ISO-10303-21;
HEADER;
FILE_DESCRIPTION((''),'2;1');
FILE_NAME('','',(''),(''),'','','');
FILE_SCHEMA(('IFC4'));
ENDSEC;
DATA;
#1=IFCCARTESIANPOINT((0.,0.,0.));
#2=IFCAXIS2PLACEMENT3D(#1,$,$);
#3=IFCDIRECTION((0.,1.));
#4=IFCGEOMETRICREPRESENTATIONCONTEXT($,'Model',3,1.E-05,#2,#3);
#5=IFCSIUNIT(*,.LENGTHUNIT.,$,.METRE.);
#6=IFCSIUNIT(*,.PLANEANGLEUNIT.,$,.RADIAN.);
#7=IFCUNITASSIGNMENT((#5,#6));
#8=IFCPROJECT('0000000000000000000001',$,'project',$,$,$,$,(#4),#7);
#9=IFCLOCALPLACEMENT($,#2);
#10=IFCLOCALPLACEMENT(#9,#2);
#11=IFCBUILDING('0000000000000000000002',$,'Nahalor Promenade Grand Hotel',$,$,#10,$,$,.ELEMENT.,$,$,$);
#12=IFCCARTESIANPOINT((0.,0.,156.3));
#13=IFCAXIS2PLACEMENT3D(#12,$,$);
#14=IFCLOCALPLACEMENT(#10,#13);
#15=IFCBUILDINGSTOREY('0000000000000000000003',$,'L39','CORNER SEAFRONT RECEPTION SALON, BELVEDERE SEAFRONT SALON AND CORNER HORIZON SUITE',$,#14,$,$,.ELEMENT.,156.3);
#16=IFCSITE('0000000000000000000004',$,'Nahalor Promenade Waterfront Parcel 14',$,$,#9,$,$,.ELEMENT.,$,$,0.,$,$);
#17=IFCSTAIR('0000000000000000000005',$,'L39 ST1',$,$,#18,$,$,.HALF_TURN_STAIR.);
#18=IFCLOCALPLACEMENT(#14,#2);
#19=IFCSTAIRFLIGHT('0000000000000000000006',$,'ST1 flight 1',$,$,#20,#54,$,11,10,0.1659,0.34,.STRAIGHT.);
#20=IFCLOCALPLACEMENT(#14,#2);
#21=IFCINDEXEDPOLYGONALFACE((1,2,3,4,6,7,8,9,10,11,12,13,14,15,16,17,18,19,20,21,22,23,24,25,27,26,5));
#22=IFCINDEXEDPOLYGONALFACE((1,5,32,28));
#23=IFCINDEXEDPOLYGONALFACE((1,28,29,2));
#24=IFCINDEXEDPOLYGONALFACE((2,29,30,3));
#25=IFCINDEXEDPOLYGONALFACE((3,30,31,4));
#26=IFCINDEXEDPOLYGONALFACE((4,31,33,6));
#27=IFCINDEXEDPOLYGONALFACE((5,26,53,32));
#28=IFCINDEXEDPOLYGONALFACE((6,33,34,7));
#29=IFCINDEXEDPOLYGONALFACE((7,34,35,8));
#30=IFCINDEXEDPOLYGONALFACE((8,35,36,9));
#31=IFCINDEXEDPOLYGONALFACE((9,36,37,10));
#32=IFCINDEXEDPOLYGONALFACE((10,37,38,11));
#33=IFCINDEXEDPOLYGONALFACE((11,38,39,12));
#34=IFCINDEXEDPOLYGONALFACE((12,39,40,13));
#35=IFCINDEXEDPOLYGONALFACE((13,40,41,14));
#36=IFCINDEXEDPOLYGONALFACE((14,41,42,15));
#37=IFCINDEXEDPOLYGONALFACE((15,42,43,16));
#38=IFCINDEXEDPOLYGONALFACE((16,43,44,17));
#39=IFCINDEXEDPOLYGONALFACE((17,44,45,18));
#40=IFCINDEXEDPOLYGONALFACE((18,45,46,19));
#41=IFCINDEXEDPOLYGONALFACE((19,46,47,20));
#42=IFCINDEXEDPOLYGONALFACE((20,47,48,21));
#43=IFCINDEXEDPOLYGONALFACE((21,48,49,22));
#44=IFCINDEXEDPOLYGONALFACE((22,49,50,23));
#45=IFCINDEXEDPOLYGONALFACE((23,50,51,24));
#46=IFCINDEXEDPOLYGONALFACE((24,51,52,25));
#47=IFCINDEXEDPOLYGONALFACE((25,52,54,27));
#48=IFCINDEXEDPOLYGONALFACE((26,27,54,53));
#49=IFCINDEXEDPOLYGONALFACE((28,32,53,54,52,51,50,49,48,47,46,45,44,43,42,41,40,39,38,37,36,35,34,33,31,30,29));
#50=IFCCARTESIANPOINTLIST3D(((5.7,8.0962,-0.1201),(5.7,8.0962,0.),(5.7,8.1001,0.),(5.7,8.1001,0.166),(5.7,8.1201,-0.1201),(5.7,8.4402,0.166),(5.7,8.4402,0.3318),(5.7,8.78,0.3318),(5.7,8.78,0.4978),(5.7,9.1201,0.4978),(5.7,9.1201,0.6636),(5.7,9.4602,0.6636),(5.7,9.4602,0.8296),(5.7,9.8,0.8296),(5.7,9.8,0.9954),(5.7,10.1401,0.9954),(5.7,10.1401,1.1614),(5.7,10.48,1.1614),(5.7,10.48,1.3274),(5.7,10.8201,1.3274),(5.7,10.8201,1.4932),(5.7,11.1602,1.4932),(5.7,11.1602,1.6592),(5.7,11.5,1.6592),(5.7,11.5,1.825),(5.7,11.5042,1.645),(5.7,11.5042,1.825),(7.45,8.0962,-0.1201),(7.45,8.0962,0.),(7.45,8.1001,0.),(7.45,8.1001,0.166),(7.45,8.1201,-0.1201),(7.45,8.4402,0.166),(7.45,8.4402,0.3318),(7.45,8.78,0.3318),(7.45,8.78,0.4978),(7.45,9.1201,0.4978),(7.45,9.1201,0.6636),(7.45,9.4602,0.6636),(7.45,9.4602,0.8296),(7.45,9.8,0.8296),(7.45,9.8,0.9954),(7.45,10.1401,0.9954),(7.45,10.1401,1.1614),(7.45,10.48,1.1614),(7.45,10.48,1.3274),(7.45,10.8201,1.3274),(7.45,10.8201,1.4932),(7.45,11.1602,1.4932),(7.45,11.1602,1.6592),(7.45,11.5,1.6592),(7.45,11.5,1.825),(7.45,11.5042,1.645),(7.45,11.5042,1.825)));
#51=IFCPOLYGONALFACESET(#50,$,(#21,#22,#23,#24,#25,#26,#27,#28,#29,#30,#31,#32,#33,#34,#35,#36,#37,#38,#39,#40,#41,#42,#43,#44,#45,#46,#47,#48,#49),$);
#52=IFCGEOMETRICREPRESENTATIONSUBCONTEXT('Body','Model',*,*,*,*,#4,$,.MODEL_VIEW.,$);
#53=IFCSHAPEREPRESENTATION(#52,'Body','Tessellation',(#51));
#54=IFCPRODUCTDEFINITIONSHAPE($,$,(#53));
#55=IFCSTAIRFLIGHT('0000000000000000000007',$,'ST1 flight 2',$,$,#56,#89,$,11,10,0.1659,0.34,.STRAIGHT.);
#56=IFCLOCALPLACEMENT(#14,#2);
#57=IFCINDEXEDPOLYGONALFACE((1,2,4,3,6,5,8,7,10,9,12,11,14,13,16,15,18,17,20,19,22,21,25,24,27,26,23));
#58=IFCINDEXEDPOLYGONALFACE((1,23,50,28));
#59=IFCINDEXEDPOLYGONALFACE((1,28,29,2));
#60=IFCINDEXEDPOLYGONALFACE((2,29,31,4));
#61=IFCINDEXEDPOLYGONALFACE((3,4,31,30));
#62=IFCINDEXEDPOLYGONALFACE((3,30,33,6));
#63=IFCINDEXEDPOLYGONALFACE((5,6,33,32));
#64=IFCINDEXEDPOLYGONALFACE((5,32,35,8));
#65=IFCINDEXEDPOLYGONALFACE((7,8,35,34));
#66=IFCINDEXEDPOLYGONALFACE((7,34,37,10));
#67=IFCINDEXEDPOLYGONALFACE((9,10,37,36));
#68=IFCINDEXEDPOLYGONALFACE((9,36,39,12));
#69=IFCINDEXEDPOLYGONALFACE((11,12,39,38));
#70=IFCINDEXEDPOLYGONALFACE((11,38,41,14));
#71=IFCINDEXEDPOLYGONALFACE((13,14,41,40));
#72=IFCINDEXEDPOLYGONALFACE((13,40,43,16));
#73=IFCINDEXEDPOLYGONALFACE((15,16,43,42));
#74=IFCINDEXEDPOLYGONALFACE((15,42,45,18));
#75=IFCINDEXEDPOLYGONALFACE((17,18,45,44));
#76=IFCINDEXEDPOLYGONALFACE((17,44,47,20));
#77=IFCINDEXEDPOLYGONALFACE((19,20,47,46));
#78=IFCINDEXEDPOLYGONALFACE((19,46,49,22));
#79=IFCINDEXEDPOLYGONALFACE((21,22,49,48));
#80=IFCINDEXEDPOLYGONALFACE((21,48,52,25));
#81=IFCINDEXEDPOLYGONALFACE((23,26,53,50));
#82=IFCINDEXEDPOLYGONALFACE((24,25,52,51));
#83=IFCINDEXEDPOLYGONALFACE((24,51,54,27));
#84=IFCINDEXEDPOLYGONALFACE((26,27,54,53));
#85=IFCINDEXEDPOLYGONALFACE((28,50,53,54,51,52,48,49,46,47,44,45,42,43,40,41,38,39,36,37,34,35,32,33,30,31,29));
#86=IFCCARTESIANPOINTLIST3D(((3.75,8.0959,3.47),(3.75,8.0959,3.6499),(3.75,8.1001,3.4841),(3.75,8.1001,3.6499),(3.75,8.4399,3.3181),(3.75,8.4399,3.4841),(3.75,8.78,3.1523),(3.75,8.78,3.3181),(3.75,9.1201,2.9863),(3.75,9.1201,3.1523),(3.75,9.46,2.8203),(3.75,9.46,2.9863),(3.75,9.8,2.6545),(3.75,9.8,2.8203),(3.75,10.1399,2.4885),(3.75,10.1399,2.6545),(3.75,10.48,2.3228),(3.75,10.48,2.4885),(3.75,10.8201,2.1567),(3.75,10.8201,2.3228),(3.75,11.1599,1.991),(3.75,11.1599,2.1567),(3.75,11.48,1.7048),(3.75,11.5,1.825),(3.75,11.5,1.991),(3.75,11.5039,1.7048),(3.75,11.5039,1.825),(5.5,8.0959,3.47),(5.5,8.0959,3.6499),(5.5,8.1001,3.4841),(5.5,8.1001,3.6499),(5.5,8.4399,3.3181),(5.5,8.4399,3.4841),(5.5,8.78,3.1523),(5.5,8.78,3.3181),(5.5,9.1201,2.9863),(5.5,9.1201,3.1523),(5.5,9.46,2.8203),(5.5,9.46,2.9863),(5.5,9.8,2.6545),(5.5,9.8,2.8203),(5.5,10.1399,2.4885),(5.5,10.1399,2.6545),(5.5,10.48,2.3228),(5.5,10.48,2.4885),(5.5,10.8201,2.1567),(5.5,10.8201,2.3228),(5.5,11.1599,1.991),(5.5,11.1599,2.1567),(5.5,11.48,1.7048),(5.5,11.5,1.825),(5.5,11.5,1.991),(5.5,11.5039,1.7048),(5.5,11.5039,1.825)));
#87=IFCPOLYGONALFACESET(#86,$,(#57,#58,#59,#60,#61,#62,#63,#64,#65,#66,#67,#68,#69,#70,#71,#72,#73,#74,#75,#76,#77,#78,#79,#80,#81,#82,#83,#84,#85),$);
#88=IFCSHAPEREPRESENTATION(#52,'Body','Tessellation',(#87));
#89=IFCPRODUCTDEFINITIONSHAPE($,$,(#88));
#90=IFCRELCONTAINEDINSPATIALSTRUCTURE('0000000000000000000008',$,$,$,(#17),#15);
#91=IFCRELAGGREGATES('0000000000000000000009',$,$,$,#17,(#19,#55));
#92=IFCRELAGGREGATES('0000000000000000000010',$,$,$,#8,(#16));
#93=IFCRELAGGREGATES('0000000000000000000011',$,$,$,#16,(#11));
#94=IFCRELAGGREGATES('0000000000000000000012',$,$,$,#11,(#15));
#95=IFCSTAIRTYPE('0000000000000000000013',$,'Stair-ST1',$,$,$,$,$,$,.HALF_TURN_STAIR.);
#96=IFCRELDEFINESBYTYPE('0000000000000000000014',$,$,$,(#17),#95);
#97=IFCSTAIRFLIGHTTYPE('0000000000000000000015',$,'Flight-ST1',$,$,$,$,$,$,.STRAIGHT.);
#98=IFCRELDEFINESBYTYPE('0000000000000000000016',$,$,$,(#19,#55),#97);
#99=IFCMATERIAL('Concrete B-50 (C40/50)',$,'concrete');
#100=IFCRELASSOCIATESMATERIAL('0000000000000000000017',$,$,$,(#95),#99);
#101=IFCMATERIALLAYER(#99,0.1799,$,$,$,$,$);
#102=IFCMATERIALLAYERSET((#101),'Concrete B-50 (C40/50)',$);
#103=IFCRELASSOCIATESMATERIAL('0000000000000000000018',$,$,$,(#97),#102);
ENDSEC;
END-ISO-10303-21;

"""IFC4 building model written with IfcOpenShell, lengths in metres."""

from ifc_helpers import new_model, si_unit, direction, frame, origin, place, context, subcontext, project, spatial, polyline, outline, extrude, source, transform, mapped, material, layer, layer_set, type_object, element, aggregate, save


model = new_model("IFC4")

# Units and contexts
model_context = context("Model", 3, precision=1e-05, world=origin(), true_north=direction((0.0, 1.0)))
body_context = subcontext(model_context, "Body", "Model", "MODEL_VIEW")
ifc_project = project(units=[si_unit("LENGTHUNIT", "METRE"), si_unit("PLANEANGLEUNIT", "RADIAN")], contexts=[model_context])

# Site, building, storey
site_placement = place(None, origin())
site = spatial("IfcSite", under=ifc_project, at=site_placement, Name="Nahalor Promenade Waterfront Parcel 14", CompositionType="ELEMENT", RefElevation=0.0)
building_placement = place(site_placement, origin())
building = spatial("IfcBuilding", under=site, at=building_placement, Name="Nahalor Promenade Grand Hotel", CompositionType="ELEMENT")
storey_placement = place(building_placement, frame((0.0, 0.0, 156.3)))
storey = spatial("IfcBuildingStorey", under=building, at=storey_placement, Name="L39", Description="CORNER SEAFRONT RECEPTION SALON, BELVEDERE SEAFRONT SALON AND CORNER HORIZON SUITE", CompositionType="ELEMENT", Elevation=156.3)

# Shared definitions
ifc_material_1 = material(Name="Concrete B-50 (C40/50)", Category="concrete")

# Stair, stair flights
stair_type = type_object("IfcStairType", Name="Stair-ST1", PredefinedType="HALF_TURN_STAIR", material=ifc_material_1)
stair_placement = place(storey_placement, origin())
stair = element("IfcStair", 1, at=stair_placement, inside=storey, type_object=stair_type, Name="L39 ST1", PredefinedType="HALF_TURN_STAIR")
ifc_layer_1 = layer(ifc_material_1, 0.1799)
ifc_layer_set_1 = layer_set([ifc_layer_1], Name="Concrete B-50 (C40/50)")
stair_flight_type = type_object("IfcStairFlightType", Name="Flight-ST1", PredefinedType="STRAIGHT", material=ifc_layer_set_1)
shared_shape_1 = source(origin(), body_context, "Body", "SweptSolid", [
    extrude(outline(polyline([(-0.0039, -0.1201), (-0.0039, 0.0), (0.0, 0.0), (0.0, 0.166), (0.3401, 0.166), (0.3401, 0.3318), (0.6799, 0.3318), (0.6799, 0.4978), (1.02, 0.4978), (1.02, 0.6636), (1.3601, 0.6636), (1.3601, 0.8296), (1.7, 0.8296), (1.7, 0.9954), (2.04, 0.9954), (2.04, 1.1614), (2.3799, 1.1614), (2.3799, 1.3274), (2.72, 1.3274), (2.72, 1.4932), (3.0601, 1.4932), (3.0601, 1.6592), (3.3999, 1.6592), (3.3999, 1.825), (3.4041, 1.825), (3.4041, 1.645), (0.02, -0.1201), (-0.0039, -0.1201)])), frame((0.0, 0.875, 0.0), z_axis=(0.0, -1.0, 0.0), x_axis=(1.0, 0.0, 0.0)), (0.0, 0.0, 1.0), 1.75),
])
stair_flight_1_placement = place(storey_placement, frame((6.575, 8.1001, 0.0), z_axis=(0.0, 0.0, 1.0), x_axis=(0.0, 1.0, 0.0)))
stair_flight_1 = element("IfcStairFlight", 2, at=stair_flight_1_placement, type_object=stair_flight_type, Name="ST1 flight 1", NumberOfRisers=11, NumberOfTreads=10, PredefinedType="STRAIGHT", RiserHeight=0.1659, TreadLength=0.34, context=body_context, shape_type="MappedRepresentation", body=[
    mapped(shared_shape_1, transform((0.0, 0.0, 0.0), scale=1.0)),
])
stair_flight_2_placement = place(storey_placement, frame((4.625, 11.5, 1.825), z_axis=(0.0, 0.0, 1.0), x_axis=(0.0, -1.0, 0.0)))
stair_flight_2 = element("IfcStairFlight", 3, at=stair_flight_2_placement, type_object=stair_flight_type, Name="ST1 flight 2", NumberOfRisers=11, NumberOfTreads=10, PredefinedType="STRAIGHT", RiserHeight=0.1659, TreadLength=0.34, context=body_context, shape_type="MappedRepresentation", body=[
    mapped(shared_shape_1, transform((0.0, 0.0, 0.0), scale=1.0)),
])
aggregate(stair, [stair_flight_1, stair_flight_2])

save(model, "model.ifc")
